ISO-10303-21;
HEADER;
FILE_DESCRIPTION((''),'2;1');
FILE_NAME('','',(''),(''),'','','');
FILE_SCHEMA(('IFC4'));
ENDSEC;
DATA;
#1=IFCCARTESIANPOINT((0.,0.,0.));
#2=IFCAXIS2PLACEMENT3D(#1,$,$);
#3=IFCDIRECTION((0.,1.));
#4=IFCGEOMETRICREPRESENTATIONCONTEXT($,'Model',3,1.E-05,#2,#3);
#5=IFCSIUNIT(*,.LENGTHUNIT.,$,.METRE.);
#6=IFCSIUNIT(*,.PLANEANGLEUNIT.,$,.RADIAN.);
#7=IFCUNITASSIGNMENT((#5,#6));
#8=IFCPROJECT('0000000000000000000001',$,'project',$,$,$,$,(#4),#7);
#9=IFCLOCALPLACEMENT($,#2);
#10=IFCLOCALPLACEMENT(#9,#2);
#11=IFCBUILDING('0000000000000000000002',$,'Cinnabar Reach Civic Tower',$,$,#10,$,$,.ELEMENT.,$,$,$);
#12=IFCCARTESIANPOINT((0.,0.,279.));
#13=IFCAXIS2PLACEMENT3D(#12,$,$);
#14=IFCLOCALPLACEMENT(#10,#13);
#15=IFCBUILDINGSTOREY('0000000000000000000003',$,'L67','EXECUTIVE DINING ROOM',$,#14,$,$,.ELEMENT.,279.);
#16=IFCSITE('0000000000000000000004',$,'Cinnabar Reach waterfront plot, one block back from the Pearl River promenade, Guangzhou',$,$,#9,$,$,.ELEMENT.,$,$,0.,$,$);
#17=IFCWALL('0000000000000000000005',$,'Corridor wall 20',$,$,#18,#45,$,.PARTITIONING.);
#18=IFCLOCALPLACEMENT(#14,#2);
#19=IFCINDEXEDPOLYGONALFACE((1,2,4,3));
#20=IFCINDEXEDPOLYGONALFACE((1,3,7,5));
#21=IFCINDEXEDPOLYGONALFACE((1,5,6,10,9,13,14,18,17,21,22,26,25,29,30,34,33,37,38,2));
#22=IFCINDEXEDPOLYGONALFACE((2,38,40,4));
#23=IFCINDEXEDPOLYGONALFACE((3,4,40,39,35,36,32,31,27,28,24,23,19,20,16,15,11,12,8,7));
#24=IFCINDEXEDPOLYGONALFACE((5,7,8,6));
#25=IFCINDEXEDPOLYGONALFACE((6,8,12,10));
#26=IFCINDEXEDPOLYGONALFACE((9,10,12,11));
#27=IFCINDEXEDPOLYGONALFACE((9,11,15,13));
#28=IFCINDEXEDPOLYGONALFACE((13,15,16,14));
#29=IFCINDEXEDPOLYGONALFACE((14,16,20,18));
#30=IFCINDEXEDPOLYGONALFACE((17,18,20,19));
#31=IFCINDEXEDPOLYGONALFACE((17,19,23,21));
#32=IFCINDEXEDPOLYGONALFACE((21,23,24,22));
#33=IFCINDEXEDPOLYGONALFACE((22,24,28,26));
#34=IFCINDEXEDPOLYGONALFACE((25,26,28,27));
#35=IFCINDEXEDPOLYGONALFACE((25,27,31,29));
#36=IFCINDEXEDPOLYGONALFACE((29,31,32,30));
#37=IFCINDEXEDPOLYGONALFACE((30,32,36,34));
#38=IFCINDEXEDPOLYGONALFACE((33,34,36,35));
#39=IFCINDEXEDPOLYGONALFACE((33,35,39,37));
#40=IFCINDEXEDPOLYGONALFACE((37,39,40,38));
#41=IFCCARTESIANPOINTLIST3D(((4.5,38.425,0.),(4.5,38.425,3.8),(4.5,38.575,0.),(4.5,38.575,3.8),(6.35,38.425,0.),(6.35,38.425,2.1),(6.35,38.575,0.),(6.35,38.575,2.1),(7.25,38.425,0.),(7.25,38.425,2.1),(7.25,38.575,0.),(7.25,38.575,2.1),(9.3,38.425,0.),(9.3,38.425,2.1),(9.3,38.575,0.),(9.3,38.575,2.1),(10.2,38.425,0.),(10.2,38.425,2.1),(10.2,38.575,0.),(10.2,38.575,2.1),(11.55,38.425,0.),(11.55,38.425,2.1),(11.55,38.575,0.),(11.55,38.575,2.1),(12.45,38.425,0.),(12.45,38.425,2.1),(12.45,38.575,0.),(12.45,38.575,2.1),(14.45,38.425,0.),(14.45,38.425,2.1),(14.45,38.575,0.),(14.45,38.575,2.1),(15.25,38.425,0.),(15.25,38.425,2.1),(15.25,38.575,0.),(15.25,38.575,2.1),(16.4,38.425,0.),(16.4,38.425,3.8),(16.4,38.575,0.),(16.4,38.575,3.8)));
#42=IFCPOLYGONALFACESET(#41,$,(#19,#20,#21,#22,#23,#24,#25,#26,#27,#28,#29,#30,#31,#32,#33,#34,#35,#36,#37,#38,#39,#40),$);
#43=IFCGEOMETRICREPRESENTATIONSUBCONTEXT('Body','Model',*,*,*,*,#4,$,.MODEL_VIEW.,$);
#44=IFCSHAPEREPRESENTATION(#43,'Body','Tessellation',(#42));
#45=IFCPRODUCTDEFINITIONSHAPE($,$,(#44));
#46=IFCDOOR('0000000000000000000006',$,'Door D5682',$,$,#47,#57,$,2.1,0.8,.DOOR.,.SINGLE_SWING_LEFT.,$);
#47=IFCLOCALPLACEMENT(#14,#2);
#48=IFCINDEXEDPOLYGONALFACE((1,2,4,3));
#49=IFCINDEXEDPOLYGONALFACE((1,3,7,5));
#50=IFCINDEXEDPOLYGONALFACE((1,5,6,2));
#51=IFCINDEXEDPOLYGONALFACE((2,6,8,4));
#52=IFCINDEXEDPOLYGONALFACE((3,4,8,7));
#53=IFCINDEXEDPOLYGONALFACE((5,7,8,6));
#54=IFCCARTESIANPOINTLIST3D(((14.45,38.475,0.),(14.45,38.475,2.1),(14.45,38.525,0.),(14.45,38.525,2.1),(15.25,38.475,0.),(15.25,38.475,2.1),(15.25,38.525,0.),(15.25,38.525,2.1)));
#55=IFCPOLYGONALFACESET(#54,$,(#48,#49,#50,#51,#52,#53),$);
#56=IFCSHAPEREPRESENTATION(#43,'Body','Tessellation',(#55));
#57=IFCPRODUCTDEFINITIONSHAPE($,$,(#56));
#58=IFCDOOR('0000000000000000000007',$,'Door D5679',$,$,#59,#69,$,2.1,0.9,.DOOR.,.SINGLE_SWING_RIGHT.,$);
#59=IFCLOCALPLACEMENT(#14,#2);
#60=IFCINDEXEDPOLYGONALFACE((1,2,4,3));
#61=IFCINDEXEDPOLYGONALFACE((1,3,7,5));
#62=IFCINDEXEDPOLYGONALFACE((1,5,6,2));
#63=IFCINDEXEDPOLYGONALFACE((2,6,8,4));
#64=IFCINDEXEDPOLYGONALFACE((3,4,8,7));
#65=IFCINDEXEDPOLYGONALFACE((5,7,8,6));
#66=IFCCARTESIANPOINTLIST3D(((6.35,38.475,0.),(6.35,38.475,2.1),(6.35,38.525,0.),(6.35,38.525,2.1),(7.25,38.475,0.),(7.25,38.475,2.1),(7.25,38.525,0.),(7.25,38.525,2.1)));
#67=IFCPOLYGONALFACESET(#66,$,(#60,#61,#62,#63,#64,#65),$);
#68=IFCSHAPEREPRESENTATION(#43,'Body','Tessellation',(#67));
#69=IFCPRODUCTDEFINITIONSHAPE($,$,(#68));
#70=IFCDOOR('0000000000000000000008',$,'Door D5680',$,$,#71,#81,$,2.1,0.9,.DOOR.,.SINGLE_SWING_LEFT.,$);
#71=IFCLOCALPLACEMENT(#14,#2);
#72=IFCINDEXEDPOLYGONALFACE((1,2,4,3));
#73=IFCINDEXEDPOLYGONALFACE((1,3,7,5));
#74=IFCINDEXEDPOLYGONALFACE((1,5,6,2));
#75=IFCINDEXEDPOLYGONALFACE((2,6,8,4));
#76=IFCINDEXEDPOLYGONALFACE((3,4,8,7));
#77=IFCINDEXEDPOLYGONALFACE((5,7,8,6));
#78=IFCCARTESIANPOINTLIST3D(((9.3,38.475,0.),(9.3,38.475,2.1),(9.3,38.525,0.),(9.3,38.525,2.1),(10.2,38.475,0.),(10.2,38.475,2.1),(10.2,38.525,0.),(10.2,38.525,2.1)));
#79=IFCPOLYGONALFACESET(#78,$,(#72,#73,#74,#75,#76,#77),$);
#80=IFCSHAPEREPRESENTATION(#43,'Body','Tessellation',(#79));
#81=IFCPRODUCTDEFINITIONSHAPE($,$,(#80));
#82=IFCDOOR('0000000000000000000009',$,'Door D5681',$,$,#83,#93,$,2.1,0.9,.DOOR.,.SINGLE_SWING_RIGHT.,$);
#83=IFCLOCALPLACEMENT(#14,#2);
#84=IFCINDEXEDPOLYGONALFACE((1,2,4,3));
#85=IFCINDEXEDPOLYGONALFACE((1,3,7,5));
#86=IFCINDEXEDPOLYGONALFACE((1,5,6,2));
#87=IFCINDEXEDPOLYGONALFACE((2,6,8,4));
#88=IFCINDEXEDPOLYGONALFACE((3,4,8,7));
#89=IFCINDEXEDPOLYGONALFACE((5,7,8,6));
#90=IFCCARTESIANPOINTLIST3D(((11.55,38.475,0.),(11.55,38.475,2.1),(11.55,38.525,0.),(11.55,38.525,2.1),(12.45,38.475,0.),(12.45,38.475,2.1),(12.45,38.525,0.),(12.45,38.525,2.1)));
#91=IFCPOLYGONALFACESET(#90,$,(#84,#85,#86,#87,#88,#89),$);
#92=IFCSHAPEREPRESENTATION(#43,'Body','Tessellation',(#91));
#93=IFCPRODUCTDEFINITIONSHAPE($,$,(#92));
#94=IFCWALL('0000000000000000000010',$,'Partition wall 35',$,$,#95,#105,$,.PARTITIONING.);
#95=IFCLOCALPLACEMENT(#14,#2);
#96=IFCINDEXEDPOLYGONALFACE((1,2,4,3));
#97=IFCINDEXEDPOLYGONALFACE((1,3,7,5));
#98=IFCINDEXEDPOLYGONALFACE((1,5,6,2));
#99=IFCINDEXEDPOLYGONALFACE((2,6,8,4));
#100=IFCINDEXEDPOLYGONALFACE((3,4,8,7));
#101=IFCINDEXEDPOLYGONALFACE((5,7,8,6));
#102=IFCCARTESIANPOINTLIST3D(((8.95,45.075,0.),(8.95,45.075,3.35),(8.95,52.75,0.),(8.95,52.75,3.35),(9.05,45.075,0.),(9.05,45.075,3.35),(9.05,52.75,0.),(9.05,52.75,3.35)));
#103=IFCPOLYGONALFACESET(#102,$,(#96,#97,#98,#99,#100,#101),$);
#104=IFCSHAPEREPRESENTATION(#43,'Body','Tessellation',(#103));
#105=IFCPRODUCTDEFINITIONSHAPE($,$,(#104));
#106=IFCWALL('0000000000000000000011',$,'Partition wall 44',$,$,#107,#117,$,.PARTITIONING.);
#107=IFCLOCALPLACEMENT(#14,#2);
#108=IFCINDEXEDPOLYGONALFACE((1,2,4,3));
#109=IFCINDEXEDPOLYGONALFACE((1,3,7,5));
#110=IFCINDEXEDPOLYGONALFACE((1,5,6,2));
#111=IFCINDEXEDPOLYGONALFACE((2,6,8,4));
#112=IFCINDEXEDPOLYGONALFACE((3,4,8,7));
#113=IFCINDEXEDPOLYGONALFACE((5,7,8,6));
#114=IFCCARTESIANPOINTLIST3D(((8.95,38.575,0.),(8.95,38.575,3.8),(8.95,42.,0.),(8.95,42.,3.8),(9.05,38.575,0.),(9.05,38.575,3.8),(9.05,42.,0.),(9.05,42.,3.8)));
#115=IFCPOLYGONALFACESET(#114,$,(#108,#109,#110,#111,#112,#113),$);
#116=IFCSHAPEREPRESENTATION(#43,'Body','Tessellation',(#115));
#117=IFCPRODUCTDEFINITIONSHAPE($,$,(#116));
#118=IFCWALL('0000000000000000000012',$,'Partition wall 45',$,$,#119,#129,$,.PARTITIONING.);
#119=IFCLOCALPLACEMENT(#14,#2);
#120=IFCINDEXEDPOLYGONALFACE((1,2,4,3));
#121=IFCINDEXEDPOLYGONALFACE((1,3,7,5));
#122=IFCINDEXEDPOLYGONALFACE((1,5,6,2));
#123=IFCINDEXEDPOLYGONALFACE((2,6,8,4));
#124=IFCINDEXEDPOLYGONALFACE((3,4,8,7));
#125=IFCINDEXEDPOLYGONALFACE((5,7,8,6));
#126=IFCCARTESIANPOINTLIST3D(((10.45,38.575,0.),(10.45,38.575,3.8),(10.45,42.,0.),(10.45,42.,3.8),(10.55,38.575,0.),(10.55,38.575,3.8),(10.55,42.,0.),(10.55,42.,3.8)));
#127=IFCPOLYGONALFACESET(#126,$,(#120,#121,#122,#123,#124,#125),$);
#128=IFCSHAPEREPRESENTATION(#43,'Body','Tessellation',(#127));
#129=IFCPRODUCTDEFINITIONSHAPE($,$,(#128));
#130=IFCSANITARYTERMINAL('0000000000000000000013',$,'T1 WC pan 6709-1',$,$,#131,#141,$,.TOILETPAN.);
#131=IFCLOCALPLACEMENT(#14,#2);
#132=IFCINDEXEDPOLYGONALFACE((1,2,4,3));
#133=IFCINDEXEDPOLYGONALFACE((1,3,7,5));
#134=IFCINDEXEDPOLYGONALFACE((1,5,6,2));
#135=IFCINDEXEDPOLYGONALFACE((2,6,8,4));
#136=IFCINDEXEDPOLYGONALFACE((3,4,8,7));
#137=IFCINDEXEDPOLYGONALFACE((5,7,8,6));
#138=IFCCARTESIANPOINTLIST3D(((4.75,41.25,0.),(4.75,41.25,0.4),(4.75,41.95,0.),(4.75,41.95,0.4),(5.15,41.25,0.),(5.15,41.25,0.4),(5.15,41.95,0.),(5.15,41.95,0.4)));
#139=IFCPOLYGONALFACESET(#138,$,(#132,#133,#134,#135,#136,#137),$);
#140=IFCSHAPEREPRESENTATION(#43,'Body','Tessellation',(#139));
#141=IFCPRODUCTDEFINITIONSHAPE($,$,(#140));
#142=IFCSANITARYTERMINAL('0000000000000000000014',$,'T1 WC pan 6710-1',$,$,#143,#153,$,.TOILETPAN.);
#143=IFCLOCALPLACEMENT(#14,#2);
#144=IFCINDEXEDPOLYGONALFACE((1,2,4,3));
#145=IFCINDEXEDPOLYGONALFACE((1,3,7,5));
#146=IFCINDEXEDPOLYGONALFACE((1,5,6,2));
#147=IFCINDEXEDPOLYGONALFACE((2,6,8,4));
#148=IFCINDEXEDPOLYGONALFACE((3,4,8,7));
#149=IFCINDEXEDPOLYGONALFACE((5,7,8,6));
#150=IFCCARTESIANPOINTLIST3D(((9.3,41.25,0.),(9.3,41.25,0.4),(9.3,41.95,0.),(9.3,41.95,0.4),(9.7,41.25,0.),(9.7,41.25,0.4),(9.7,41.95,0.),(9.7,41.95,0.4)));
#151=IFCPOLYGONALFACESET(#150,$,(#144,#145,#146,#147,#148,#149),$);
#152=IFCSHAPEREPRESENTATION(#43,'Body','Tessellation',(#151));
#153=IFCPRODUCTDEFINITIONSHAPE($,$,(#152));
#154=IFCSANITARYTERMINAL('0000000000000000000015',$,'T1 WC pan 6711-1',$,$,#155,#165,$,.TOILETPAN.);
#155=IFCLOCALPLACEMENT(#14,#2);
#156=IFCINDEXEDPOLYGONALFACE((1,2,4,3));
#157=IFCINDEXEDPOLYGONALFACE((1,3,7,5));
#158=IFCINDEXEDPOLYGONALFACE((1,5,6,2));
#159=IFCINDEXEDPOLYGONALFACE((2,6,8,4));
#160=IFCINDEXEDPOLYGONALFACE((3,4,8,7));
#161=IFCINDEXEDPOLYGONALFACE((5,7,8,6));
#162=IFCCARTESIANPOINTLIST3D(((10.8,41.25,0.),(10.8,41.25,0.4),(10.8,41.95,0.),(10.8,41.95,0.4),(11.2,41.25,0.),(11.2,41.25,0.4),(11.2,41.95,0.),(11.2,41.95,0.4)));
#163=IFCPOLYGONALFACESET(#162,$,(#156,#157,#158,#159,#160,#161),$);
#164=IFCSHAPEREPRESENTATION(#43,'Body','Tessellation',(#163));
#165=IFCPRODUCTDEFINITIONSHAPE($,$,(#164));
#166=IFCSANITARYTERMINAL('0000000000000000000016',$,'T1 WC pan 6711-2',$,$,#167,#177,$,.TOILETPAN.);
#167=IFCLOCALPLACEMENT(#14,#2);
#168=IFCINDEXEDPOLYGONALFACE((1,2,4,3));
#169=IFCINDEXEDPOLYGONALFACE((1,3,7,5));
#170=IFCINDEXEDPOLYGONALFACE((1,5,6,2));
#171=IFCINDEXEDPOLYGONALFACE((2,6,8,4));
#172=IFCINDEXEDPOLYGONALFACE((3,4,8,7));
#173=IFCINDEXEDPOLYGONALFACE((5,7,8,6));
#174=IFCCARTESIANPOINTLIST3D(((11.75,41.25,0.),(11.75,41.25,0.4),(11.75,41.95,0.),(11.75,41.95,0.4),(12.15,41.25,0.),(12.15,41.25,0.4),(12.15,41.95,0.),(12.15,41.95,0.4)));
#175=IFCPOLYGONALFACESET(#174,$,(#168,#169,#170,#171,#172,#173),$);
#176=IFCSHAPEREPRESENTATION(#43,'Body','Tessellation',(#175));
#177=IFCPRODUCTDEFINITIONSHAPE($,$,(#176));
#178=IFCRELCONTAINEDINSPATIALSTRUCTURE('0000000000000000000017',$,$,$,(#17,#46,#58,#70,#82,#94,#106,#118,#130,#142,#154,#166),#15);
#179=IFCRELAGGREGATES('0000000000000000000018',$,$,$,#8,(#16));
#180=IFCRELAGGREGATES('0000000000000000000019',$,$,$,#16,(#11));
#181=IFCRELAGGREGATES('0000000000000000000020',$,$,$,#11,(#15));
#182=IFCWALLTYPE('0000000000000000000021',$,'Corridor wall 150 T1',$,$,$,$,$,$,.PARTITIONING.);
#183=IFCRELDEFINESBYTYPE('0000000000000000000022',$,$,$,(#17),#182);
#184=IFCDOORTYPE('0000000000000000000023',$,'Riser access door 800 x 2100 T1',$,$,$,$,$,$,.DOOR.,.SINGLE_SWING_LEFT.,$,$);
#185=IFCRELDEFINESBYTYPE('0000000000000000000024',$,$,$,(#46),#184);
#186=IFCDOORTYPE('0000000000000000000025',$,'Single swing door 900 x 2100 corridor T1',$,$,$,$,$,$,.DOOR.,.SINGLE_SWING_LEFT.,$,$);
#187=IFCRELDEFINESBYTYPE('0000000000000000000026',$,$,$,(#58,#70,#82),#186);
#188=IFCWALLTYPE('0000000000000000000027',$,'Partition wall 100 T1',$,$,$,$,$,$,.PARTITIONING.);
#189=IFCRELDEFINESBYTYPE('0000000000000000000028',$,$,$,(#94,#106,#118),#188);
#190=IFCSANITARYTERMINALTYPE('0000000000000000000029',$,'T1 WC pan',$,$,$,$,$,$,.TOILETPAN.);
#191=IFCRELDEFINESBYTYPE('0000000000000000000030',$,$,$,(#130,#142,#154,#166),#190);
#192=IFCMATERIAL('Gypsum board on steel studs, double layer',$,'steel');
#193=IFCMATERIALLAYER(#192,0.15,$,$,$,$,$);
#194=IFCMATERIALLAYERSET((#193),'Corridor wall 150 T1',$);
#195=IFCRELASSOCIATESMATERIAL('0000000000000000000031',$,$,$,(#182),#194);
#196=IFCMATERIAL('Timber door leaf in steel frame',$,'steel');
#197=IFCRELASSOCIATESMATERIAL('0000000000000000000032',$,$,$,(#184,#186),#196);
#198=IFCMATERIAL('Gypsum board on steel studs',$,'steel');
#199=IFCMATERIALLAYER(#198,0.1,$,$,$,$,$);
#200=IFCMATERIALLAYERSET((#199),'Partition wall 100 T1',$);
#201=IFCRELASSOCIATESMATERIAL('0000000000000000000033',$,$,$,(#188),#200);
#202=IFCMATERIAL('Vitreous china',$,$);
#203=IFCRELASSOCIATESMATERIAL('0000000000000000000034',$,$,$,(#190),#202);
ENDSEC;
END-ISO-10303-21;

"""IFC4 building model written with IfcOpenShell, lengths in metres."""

from ifc_helpers import new_model, si_unit, direction, frame, frame_2d, origin, origin_2d, place, context, subcontext, project, spatial, rectangle, extrude, material, layer, layer_set, type_object, element, fill, save


model = new_model("IFC4")

# Units and contexts
model_context = context("Model", 3, precision=1e-05, world=origin(), true_north=direction((0.0, 1.0)))
body_context = subcontext(model_context, "Body", "Model", "MODEL_VIEW")
ifc_project = project(units=[si_unit("LENGTHUNIT", "METRE"), si_unit("PLANEANGLEUNIT", "RADIAN")], contexts=[model_context])

# Site, building, storey
site_placement = place(None, origin())
site = spatial("IfcSite", under=ifc_project, at=site_placement, Name="Cinnabar Reach waterfront plot, one block back from the Pearl River promenade, Guangzhou", CompositionType="ELEMENT", RefElevation=0.0)
building_placement = place(site_placement, origin())
building = spatial("IfcBuilding", under=site, at=building_placement, Name="Cinnabar Reach Civic Tower", CompositionType="ELEMENT")
storey_placement = place(building_placement, frame((0.0, 0.0, 279.0)))
storey = spatial("IfcBuildingStorey", under=building, at=storey_placement, Name="L67", Description="EXECUTIVE DINING ROOM", CompositionType="ELEMENT", Elevation=279.0)

# Wall, openings, doors
ifc_material_1 = material(Name="Gypsum board on steel studs, double layer", Category="steel")
ifc_layer_1 = layer(ifc_material_1, 0.15)
ifc_layer_set_1 = layer_set([ifc_layer_1], Name="Corridor wall 150 T1")
wall_type_1 = type_object("IfcWallType", Name="Corridor wall 150 T1", PredefinedType="PARTITIONING", material=ifc_layer_set_1)
wall_1_placement = place(storey_placement, frame((4.5, 38.5, 0.0), z_axis=(0.0, 0.0, 1.0), x_axis=(1.0, 0.0, 0.0)))
wall_1 = element("IfcWall", 1, at=wall_1_placement, inside=storey, type_object=wall_type_1, Name="Corridor wall 20", PredefinedType="PARTITIONING", context=body_context, shape_type="SweptSolid", body=[
    extrude(rectangle(XDim=11.9, YDim=0.15, at=frame_2d((5.95, 0.0))), origin(), (0.0, 0.0, 1.0), 3.8),
])
opening_1_placement = place(wall_1_placement, frame((1.85, 0.0, 0.0)))
opening_1 = element("IfcOpeningElement", 2, at=opening_1_placement, cuts=wall_1, PredefinedType="OPENING", context=body_context, shape_type="SweptSolid", body=[
    extrude(rectangle(XDim=0.9, YDim=2.1, at=frame_2d((0.45, 1.05))), frame((0.0, 0.085, 0.0), z_axis=(0.0, -1.0, 0.0), x_axis=(1.0, 0.0, 0.0)), (0.0, 0.0, 1.0), 0.17),
])
opening_2_placement = place(wall_1_placement, frame((4.8, 0.0, 0.0)))
opening_2 = element("IfcOpeningElement", 3, at=opening_2_placement, cuts=wall_1, PredefinedType="OPENING", context=body_context, shape_type="SweptSolid", body=[
    extrude(rectangle(XDim=0.9, YDim=2.1, at=frame_2d((0.45, 1.05))), frame((0.0, 0.085, 0.0), z_axis=(0.0, -1.0, 0.0), x_axis=(1.0, 0.0, 0.0)), (0.0, 0.0, 1.0), 0.17),
])
opening_3_placement = place(wall_1_placement, frame((7.05, 0.0, 0.0)))
opening_3 = element("IfcOpeningElement", 4, at=opening_3_placement, cuts=wall_1, PredefinedType="OPENING", context=body_context, shape_type="SweptSolid", body=[
    extrude(rectangle(XDim=0.9, YDim=2.1, at=frame_2d((0.45, 1.05))), frame((0.0, 0.085, 0.0), z_axis=(0.0, -1.0, 0.0), x_axis=(1.0, 0.0, 0.0)), (0.0, 0.0, 1.0), 0.17),
])
opening_4_placement = place(wall_1_placement, frame((9.95, 0.0, 0.0)))
opening_4 = element("IfcOpeningElement", 5, at=opening_4_placement, cuts=wall_1, PredefinedType="OPENING", context=body_context, shape_type="SweptSolid", body=[
    extrude(rectangle(XDim=0.8, YDim=2.1, at=frame_2d((0.4, 1.05))), frame((0.0, 0.085, 0.0), z_axis=(0.0, -1.0, 0.0), x_axis=(1.0, 0.0, 0.0)), (0.0, 0.0, 1.0), 0.17),
])
ifc_material_2 = material(Name="Timber door leaf in steel frame", Category="steel")
door_type_1 = type_object("IfcDoorType", Name="Riser access door 800 x 2100 T1", OperationType="SINGLE_SWING_LEFT", PredefinedType="DOOR", material=ifc_material_2)
door_1_placement = place(opening_4_placement, origin())
door_1 = element("IfcDoor", 6, at=door_1_placement, inside=storey, type_object=door_type_1, Name="Door D5682", OperationType="SINGLE_SWING_LEFT", OverallHeight=2.1, OverallWidth=0.8, PredefinedType="DOOR", context=body_context, shape_type="SweptSolid", body=[
    extrude(rectangle(XDim=0.8, YDim=2.1, at=frame_2d((0.4, 1.05))), frame((0.0, 0.025, 0.0), z_axis=(0.0, -1.0, 0.0), x_axis=(1.0, 0.0, 0.0)), (0.0, 0.0, 1.0), 0.05),
])
fill(opening_4, door_1)
door_type_2 = type_object("IfcDoorType", Name="Single swing door 900 x 2100 corridor T1", OperationType="SINGLE_SWING_LEFT", PredefinedType="DOOR", material=ifc_material_2)
door_2_placement = place(opening_1_placement, origin())
door_2 = element("IfcDoor", 7, at=door_2_placement, inside=storey, type_object=door_type_2, Name="Door D5679", OperationType="SINGLE_SWING_RIGHT", OverallHeight=2.1, OverallWidth=0.9, PredefinedType="DOOR", context=body_context, shape_type="SweptSolid", body=[
    extrude(rectangle(XDim=0.9, YDim=2.1, at=frame_2d((0.45, 1.05))), frame((0.0, 0.025, 0.0), z_axis=(0.0, -1.0, 0.0), x_axis=(1.0, 0.0, 0.0)), (0.0, 0.0, 1.0), 0.05),
])
fill(opening_1, door_2)
door_3_placement = place(opening_2_placement, origin())
door_3 = element("IfcDoor", 8, at=door_3_placement, inside=storey, type_object=door_type_2, Name="Door D5680", OperationType="SINGLE_SWING_LEFT", OverallHeight=2.1, OverallWidth=0.9, PredefinedType="DOOR", context=body_context, shape_type="SweptSolid", body=[
    extrude(rectangle(XDim=0.9, YDim=2.1, at=frame_2d((0.45, 1.05))), frame((0.0, 0.025, 0.0), z_axis=(0.0, -1.0, 0.0), x_axis=(1.0, 0.0, 0.0)), (0.0, 0.0, 1.0), 0.05),
])
fill(opening_2, door_3)
door_4_placement = place(opening_3_placement, origin())
door_4 = element("IfcDoor", 9, at=door_4_placement, inside=storey, type_object=door_type_2, Name="Door D5681", OperationType="SINGLE_SWING_RIGHT", OverallHeight=2.1, OverallWidth=0.9, PredefinedType="DOOR", context=body_context, shape_type="SweptSolid", body=[
    extrude(rectangle(XDim=0.9, YDim=2.1, at=frame_2d((0.45, 1.05))), frame((0.0, 0.025, 0.0), z_axis=(0.0, -1.0, 0.0), x_axis=(1.0, 0.0, 0.0)), (0.0, 0.0, 1.0), 0.05),
])
fill(opening_3, door_4)

# Walls
ifc_material_3 = material(Name="Gypsum board on steel studs", Category="steel")
ifc_layer_2 = layer(ifc_material_3, 0.1)
ifc_layer_set_2 = layer_set([ifc_layer_2], Name="Partition wall 100 T1")
wall_type_2 = type_object("IfcWallType", Name="Partition wall 100 T1", PredefinedType="PARTITIONING", material=ifc_layer_set_2)
wall_2_placement = place(storey_placement, frame((9.0, 45.075, 0.0), z_axis=(0.0, 0.0, 1.0), x_axis=(0.0, 1.0, 0.0)))
element("IfcWall", 10, at=wall_2_placement, inside=storey, type_object=wall_type_2, Name="Partition wall 35", PredefinedType="PARTITIONING", context=body_context, shape_type="SweptSolid", body=[
    extrude(rectangle(XDim=7.675, YDim=0.1, at=frame_2d((3.8375, 0.0))), origin(), (0.0, 0.0, 1.0), 3.35),
])
for number, where, z_axis, x_axis, name in (
    (11, (9.0, 38.575, 0.0), (0.0, 0.0, 1.0), (0.0, 1.0, 0.0), "Partition wall 44"),
    (12, (10.5, 38.575, 0.0), (0.0, 0.0, 1.0), (0.0, 1.0, 0.0), "Partition wall 45"),
):
    element("IfcWall", number, at=place(storey_placement, frame(where, z_axis=z_axis, x_axis=x_axis)), inside=storey, type_object=wall_type_2, Name=name, PredefinedType="PARTITIONING", context=body_context, shape_type="SweptSolid", body=[
        extrude(rectangle(XDim=3.425, YDim=0.1, at=frame_2d((1.7125, 0.0))), origin(), (0.0, 0.0, 1.0), 3.8),
    ])

# Sanitary terminals
ifc_material_4 = material(Name="Vitreous china")
sanitary_terminal_type_1 = type_object("IfcSanitaryTerminalType", Name="T1 WC pan", PredefinedType="TOILETPAN", material=ifc_material_4)
for number, where, z_axis, x_axis, name in (
    (13, (4.95, 41.6, 0.0), (0.0, 0.0, 1.0), (1.0, 0.0, 0.0), "T1 WC pan 6709-1"),
    (14, (9.5, 41.6, 0.0), (0.0, 0.0, 1.0), (1.0, 0.0, 0.0), "T1 WC pan 6710-1"),
    (15, (11.0, 41.6, 0.0), (0.0, 0.0, 1.0), (1.0, 0.0, 0.0), "T1 WC pan 6711-1"),
    (16, (11.95, 41.6, 0.0), (0.0, 0.0, 1.0), (1.0, 0.0, 0.0), "T1 WC pan 6711-2"),
):
    element("IfcSanitaryTerminal", number, at=place(storey_placement, frame(where, z_axis=z_axis, x_axis=x_axis)), inside=storey, type_object=sanitary_terminal_type_1, Name=name, PredefinedType="TOILETPAN", context=body_context, shape_type="SweptSolid", body=[
        extrude(rectangle(XDim=0.4, YDim=0.7, at=origin_2d()), origin(), (0.0, 0.0, 1.0), 0.4),
    ])

save(model, "model.ifc")
